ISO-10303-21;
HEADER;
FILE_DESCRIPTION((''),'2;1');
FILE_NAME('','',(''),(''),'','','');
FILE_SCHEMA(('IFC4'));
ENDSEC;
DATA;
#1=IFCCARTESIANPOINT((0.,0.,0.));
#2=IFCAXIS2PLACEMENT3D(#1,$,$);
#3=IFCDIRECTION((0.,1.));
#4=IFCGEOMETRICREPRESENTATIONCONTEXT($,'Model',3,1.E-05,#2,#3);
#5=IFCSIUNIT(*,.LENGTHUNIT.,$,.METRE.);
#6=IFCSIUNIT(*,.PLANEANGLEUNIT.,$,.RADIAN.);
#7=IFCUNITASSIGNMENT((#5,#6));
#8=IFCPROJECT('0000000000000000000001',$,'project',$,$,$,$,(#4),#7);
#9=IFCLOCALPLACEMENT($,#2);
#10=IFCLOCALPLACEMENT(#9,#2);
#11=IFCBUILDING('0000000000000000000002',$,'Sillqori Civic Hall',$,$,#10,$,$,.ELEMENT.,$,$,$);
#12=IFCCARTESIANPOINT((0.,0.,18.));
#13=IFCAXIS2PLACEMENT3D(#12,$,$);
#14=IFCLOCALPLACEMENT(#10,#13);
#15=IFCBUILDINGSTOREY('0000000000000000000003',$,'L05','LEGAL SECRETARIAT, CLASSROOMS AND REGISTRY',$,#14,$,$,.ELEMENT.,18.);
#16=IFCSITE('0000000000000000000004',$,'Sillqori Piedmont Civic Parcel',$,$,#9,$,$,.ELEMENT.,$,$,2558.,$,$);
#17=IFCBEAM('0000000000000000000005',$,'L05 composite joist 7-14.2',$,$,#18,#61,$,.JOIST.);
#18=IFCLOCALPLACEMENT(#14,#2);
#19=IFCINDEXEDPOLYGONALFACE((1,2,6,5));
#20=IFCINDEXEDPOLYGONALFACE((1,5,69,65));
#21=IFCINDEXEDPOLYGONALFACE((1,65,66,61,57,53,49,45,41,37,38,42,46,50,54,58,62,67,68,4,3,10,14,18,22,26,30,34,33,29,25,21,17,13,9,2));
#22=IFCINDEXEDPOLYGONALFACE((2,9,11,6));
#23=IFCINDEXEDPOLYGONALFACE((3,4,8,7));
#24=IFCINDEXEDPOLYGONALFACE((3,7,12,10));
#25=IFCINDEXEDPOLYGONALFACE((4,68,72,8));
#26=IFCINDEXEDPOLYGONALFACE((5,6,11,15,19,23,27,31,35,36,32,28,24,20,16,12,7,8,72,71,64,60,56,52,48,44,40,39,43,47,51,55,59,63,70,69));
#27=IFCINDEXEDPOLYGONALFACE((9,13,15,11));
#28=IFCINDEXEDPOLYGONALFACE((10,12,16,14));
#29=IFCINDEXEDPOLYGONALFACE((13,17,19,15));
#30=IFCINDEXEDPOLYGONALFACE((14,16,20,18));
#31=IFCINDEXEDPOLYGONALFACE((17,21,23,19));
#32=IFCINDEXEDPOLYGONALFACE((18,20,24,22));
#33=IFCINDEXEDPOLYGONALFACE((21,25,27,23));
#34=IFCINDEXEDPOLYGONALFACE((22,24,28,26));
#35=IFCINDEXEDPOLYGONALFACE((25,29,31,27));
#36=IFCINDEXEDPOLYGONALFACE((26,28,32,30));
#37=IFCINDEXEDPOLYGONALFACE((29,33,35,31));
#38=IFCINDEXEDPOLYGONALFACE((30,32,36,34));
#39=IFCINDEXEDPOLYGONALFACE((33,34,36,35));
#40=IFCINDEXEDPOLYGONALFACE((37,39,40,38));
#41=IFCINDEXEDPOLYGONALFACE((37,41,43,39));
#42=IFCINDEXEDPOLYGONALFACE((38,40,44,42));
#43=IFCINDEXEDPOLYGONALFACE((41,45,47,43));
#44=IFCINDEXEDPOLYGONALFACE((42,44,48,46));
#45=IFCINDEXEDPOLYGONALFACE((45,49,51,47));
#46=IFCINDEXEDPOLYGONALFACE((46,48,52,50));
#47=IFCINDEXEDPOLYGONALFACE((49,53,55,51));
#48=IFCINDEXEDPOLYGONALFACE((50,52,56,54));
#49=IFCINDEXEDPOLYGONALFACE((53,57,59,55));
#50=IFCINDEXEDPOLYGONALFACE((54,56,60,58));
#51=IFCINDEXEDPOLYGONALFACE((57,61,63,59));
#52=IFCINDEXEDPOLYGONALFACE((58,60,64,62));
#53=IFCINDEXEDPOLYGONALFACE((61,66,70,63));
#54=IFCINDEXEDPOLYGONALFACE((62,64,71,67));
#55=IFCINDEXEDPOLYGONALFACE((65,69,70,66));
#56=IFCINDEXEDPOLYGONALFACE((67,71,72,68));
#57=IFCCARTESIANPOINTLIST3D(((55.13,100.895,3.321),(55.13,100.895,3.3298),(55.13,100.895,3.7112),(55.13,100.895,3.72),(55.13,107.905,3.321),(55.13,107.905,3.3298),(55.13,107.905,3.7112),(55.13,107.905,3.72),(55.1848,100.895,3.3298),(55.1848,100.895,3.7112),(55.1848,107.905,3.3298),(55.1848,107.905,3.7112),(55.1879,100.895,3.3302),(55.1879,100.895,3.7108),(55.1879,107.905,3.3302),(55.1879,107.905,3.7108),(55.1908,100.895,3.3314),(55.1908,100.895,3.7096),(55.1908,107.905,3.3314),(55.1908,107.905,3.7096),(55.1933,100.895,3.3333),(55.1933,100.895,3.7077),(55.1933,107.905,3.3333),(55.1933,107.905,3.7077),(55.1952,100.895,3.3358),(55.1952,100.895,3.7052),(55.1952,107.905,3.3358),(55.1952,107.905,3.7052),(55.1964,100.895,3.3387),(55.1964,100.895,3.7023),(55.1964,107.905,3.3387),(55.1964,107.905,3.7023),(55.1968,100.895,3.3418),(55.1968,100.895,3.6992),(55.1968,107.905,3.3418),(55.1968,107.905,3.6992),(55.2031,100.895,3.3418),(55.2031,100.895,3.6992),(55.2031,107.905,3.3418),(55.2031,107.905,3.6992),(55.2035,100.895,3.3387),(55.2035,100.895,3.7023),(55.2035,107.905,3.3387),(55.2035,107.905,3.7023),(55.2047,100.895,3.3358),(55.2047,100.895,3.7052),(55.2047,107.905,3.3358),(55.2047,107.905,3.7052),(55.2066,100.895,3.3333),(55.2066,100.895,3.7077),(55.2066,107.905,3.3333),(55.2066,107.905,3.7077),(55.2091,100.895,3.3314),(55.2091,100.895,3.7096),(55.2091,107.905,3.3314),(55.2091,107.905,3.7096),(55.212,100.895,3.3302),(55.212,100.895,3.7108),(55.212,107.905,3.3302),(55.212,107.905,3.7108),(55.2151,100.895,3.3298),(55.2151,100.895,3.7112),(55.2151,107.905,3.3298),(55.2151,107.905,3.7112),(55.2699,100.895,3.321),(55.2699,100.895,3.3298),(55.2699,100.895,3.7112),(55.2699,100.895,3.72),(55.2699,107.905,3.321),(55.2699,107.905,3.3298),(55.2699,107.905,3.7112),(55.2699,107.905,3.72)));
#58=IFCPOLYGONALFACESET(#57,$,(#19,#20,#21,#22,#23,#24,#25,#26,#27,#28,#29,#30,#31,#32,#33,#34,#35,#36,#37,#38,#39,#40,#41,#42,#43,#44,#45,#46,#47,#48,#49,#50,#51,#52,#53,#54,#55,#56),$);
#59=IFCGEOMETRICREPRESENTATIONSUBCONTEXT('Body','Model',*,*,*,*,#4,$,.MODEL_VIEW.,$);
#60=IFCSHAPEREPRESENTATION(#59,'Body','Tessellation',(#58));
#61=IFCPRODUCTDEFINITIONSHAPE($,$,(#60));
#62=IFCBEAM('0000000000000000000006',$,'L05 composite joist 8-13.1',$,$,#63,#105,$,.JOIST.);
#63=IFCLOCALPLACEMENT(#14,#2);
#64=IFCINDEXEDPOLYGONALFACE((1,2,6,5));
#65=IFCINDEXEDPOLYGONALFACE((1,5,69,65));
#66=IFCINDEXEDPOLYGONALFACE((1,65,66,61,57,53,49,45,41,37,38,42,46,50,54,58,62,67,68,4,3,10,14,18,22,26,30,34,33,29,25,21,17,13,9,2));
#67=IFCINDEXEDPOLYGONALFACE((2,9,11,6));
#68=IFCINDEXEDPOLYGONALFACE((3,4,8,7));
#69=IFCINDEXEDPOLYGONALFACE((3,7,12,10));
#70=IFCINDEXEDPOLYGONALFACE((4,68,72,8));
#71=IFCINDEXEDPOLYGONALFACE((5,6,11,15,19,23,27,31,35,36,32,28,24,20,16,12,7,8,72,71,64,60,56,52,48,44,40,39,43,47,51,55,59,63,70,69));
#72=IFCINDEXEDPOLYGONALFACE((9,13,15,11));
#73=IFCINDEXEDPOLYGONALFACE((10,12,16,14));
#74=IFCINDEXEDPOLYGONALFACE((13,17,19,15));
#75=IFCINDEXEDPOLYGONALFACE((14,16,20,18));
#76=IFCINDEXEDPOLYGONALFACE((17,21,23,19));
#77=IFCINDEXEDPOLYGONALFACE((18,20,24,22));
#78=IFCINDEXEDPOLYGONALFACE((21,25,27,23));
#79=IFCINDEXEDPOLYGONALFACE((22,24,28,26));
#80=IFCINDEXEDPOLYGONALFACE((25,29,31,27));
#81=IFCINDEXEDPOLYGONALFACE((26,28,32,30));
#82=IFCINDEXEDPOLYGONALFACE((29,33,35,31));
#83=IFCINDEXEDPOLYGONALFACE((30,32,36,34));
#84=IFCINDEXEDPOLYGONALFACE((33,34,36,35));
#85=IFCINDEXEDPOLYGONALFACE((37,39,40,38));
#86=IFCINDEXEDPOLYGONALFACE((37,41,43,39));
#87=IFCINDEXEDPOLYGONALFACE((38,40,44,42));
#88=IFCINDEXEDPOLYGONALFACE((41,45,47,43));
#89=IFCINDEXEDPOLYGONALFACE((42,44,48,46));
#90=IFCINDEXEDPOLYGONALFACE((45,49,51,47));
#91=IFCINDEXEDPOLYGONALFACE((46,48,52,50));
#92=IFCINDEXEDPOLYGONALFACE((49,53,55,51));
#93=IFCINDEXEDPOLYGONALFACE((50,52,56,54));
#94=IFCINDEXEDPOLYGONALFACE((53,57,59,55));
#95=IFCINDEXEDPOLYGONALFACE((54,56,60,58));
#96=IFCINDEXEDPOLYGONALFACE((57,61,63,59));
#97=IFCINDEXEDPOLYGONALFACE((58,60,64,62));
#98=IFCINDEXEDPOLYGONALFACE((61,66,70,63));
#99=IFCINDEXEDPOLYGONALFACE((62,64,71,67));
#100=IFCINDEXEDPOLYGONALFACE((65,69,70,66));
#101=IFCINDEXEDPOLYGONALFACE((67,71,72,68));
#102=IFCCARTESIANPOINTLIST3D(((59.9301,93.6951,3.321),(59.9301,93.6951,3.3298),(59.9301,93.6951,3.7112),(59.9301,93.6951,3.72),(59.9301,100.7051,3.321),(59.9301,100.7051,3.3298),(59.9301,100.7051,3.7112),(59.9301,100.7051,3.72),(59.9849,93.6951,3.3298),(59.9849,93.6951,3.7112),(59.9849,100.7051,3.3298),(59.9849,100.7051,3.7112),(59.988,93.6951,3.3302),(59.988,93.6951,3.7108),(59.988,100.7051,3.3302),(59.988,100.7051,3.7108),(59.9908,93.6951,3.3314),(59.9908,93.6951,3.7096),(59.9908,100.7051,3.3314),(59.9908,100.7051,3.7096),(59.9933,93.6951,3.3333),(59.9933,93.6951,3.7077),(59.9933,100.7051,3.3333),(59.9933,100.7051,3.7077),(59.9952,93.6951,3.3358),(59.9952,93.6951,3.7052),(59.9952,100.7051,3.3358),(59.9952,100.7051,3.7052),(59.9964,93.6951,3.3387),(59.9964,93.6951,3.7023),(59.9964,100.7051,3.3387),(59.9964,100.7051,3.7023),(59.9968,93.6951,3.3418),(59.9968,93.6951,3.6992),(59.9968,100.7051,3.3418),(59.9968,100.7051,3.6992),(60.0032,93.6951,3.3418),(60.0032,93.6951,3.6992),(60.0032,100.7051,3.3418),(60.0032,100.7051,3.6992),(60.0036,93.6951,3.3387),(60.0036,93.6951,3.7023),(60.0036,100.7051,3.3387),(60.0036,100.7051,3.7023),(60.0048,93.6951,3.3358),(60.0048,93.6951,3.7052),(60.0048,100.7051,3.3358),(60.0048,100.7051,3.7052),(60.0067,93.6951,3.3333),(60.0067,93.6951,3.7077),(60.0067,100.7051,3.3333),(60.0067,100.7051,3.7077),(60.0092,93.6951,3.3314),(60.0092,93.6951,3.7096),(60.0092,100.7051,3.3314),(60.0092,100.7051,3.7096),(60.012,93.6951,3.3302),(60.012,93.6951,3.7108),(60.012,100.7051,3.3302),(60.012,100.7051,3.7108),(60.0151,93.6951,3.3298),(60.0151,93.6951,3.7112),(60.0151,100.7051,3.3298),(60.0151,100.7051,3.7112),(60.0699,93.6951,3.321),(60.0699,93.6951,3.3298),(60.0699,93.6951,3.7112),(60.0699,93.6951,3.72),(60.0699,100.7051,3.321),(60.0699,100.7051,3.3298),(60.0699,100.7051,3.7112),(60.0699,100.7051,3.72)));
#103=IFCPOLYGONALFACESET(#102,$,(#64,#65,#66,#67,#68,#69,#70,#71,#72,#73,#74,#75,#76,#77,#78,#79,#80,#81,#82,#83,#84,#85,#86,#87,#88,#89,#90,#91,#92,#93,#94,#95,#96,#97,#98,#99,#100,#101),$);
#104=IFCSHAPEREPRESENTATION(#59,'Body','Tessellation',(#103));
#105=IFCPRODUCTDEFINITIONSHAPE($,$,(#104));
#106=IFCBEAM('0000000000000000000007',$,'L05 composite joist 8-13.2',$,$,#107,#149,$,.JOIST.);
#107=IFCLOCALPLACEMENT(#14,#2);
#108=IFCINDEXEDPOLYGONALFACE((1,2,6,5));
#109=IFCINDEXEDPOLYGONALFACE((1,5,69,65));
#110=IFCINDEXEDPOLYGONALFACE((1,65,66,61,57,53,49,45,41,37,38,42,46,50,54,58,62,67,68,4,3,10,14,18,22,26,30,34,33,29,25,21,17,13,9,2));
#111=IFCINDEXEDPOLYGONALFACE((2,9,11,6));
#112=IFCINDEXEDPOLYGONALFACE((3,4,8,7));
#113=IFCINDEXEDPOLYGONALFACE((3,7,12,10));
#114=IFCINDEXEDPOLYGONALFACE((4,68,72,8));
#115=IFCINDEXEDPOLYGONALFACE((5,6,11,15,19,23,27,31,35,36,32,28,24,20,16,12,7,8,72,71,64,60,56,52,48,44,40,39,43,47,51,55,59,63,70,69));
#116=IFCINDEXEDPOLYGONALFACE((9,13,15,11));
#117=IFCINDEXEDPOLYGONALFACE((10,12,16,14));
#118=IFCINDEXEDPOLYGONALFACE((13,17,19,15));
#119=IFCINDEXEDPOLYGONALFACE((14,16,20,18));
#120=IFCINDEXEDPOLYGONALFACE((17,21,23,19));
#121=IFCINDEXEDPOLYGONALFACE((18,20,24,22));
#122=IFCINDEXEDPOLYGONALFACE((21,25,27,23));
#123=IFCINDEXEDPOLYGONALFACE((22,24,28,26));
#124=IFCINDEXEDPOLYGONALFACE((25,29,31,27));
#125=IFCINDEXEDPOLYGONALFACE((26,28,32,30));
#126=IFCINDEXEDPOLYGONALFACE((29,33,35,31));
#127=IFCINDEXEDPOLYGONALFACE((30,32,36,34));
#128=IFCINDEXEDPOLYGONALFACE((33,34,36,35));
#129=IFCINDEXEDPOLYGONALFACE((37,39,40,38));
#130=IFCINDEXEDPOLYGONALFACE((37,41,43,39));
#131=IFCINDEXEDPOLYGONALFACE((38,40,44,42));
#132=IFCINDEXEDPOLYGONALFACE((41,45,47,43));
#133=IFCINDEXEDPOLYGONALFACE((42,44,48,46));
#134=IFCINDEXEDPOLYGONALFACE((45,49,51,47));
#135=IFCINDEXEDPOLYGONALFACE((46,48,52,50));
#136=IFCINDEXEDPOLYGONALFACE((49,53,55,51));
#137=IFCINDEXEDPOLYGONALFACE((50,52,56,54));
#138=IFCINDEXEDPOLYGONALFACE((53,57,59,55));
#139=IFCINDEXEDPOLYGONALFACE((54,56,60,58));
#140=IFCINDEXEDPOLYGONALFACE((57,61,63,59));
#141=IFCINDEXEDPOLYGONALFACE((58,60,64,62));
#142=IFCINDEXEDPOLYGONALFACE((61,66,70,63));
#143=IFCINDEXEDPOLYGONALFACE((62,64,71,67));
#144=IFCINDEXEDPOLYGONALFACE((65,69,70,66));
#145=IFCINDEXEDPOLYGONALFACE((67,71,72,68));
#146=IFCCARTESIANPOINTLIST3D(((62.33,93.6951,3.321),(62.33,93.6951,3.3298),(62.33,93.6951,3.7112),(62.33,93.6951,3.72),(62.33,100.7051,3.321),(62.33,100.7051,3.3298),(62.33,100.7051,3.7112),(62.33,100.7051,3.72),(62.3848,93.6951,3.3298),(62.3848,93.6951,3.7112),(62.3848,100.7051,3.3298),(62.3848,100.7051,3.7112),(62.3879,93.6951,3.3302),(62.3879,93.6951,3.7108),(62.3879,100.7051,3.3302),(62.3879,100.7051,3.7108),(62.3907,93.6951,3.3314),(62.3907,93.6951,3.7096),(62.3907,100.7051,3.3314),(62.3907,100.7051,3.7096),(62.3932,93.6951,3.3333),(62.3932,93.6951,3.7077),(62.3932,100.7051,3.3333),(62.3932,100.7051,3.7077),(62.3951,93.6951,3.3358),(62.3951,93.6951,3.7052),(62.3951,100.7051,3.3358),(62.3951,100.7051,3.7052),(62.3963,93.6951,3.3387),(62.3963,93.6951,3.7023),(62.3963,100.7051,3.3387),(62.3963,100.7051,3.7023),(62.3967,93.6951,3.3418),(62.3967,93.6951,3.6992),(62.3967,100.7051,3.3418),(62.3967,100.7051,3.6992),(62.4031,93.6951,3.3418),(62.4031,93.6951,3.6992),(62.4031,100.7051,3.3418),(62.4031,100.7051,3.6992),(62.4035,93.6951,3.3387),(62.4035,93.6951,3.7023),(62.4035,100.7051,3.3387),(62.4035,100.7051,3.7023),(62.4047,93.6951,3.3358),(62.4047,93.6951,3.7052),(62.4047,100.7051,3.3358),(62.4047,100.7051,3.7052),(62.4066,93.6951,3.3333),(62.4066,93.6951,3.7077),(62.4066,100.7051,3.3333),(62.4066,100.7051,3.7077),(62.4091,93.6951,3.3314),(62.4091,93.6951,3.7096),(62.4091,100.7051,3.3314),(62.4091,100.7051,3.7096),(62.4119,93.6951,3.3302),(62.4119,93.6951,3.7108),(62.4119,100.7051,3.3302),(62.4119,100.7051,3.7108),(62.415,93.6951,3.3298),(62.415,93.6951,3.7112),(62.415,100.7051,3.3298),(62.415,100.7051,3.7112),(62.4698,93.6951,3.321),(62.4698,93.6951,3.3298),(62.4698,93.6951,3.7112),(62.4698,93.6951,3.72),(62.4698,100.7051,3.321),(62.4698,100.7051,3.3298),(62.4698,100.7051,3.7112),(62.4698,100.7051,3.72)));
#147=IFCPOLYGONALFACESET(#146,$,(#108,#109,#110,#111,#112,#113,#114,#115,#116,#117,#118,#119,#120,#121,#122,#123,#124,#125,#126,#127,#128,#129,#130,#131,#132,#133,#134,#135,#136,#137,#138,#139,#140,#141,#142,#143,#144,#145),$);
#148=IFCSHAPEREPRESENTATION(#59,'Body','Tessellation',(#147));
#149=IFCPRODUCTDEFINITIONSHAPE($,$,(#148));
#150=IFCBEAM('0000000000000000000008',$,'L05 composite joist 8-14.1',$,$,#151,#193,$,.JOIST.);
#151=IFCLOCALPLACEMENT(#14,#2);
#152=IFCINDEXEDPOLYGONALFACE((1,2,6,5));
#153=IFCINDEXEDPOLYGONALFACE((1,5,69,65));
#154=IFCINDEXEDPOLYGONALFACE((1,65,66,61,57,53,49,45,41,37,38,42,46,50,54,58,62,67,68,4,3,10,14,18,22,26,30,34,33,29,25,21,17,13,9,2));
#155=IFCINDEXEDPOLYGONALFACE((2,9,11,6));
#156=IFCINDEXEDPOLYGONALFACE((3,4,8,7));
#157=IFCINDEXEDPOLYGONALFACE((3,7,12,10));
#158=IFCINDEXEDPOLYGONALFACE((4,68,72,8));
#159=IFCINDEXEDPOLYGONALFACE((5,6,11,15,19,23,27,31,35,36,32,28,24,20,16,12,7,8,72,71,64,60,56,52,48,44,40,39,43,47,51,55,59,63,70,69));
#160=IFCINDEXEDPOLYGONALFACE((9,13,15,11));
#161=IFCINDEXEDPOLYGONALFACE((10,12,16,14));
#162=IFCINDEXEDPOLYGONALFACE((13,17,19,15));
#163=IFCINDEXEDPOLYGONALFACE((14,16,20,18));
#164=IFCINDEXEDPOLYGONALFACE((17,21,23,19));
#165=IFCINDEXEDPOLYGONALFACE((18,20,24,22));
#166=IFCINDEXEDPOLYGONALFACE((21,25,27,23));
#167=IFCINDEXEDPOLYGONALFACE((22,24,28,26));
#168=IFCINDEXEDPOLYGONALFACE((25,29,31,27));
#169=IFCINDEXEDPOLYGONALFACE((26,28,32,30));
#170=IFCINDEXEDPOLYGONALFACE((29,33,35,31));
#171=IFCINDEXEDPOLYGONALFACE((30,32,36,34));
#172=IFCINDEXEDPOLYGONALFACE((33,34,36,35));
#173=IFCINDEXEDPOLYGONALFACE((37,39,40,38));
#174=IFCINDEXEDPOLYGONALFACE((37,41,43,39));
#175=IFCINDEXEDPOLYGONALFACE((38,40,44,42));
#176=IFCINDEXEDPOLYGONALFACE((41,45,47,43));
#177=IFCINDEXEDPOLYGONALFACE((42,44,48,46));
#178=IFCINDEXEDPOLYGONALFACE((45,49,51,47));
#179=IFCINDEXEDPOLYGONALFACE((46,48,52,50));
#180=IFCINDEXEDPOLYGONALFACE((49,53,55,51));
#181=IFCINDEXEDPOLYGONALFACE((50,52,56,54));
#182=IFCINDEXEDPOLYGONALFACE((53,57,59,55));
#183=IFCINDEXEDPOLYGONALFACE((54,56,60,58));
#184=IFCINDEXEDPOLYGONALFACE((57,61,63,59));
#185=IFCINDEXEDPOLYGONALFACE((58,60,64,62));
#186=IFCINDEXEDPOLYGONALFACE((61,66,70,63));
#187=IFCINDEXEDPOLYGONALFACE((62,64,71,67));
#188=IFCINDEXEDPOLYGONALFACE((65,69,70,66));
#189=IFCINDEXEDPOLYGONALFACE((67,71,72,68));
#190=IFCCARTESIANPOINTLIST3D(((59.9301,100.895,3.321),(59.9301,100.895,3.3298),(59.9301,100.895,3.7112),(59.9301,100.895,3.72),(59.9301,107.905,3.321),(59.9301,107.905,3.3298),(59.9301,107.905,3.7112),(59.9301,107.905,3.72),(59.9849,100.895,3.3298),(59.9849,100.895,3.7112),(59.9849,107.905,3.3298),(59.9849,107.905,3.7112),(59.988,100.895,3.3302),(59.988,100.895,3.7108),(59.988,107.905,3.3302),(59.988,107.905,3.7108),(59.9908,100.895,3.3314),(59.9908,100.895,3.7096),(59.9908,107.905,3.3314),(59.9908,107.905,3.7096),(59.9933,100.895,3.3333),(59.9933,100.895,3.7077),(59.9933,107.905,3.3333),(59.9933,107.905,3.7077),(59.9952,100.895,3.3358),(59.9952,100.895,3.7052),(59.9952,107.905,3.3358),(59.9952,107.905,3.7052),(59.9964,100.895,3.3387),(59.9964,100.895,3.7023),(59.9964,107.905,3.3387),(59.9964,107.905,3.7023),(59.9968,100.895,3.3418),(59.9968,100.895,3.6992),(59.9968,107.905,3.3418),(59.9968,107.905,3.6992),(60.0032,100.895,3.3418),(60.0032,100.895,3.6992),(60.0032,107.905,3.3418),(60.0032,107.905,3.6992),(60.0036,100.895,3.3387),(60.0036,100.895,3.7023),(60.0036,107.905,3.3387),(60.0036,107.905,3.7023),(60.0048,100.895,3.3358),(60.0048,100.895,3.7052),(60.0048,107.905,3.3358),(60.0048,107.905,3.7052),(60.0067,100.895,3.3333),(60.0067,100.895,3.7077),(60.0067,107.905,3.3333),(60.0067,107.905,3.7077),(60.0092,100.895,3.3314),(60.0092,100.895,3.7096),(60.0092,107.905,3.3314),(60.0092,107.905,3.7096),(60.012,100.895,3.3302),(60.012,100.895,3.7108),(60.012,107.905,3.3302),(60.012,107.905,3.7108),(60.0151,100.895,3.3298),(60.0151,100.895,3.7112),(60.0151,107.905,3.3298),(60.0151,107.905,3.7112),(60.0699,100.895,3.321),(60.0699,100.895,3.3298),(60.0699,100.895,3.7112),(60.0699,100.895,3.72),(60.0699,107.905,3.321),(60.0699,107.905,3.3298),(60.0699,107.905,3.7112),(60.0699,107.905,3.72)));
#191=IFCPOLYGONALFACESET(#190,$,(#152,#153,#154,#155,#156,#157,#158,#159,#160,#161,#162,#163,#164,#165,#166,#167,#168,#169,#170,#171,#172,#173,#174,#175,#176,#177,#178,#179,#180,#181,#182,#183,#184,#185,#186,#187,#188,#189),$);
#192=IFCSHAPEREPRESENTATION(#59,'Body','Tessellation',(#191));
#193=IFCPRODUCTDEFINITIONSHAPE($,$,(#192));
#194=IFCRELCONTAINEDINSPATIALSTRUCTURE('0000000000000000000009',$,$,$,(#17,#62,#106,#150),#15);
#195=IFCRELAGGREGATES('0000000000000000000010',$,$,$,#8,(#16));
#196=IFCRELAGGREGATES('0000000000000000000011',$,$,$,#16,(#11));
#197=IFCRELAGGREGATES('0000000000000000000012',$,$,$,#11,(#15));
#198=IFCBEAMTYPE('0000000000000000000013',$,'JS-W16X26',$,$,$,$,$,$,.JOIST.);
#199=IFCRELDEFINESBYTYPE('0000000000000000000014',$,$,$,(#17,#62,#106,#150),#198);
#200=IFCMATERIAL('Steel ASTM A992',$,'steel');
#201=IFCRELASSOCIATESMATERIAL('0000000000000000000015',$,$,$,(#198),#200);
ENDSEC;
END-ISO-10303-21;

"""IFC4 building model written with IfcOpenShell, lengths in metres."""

from ifc_helpers import new_model, si_unit, direction, frame, origin, origin_2d, place, context, subcontext, project, spatial, i_section, extrude, material, material_profile, profile_set, type_object, element, save


model = new_model("IFC4")

# Units and contexts
model_context = context("Model", 3, precision=1e-05, world=origin(), true_north=direction((0.0, 1.0)))
body_context = subcontext(model_context, "Body", "Model", "MODEL_VIEW")
ifc_project = project(units=[si_unit("LENGTHUNIT", "METRE"), si_unit("PLANEANGLEUNIT", "RADIAN")], contexts=[model_context])

# Site, building, storey
site_placement = place(None, origin())
site = spatial("IfcSite", under=ifc_project, at=site_placement, Name="Sillqori Piedmont Civic Parcel", CompositionType="ELEMENT", RefElevation=2558.0)
building_placement = place(site_placement, origin())
building = spatial("IfcBuilding", under=site, at=building_placement, Name="Sillqori Civic Hall", CompositionType="ELEMENT")
storey_placement = place(building_placement, frame((0.0, 0.0, 18.0)))
storey = spatial("IfcBuildingStorey", under=building, at=storey_placement, Name="L05", Description="LEGAL SECRETARIAT, CLASSROOMS AND REGISTRY", CompositionType="ELEMENT", Elevation=18.0)

# Shared definitions
ifc_material_1 = material(Name="Steel ASTM A992", Category="steel")

# Beams
ifc_material_profile_1 = material_profile(ifc_material_1, i_section(OverallWidth=0.1399, OverallDepth=0.3989, WebThickness=0.0063, FlangeThickness=0.0088, FilletRadius=0.012, at=origin_2d()), Name="W16X26")
ifc_profile_set_1 = profile_set([ifc_material_profile_1], Name="Steel ASTM A992")
beam_type_1 = type_object("IfcBeamType", Name="JS-W16X26", PredefinedType="JOIST", material=ifc_profile_set_1)
for number, where, z_axis, x_axis, name in (
    (1, (55.2, 100.895, 3.5205), (0.0, 1.0, 0.0), (-1.0, 0.0, 0.0), "L05 composite joist 7-14.2"),
    (2, (60.0, 93.6951, 3.5205), (0.0, 1.0, 0.0), (-1.0, 0.0, 0.0), "L05 composite joist 8-13.1"),
    (3, (62.3999, 93.6951, 3.5205), (0.0, 1.0, 0.0), (-1.0, 0.0, 0.0), "L05 composite joist 8-13.2"),
    (4, (60.0, 100.895, 3.5205), (0.0, 1.0, 0.0), (-1.0, 0.0, 0.0), "L05 composite joist 8-14.1"),
):
    element("IfcBeam", number, at=place(storey_placement, frame(where, z_axis=z_axis, x_axis=x_axis)), inside=storey, type_object=beam_type_1, Name=name, PredefinedType="JOIST", context=body_context, shape_type="SweptSolid", body=[
        extrude(i_section(OverallWidth=0.1399, OverallDepth=0.3989, WebThickness=0.0063, FlangeThickness=0.0088, FilletRadius=0.012, at=origin_2d()), origin(), (0.0, 0.0, 1.0), 7.01),
    ])

save(model, "model.ifc")
